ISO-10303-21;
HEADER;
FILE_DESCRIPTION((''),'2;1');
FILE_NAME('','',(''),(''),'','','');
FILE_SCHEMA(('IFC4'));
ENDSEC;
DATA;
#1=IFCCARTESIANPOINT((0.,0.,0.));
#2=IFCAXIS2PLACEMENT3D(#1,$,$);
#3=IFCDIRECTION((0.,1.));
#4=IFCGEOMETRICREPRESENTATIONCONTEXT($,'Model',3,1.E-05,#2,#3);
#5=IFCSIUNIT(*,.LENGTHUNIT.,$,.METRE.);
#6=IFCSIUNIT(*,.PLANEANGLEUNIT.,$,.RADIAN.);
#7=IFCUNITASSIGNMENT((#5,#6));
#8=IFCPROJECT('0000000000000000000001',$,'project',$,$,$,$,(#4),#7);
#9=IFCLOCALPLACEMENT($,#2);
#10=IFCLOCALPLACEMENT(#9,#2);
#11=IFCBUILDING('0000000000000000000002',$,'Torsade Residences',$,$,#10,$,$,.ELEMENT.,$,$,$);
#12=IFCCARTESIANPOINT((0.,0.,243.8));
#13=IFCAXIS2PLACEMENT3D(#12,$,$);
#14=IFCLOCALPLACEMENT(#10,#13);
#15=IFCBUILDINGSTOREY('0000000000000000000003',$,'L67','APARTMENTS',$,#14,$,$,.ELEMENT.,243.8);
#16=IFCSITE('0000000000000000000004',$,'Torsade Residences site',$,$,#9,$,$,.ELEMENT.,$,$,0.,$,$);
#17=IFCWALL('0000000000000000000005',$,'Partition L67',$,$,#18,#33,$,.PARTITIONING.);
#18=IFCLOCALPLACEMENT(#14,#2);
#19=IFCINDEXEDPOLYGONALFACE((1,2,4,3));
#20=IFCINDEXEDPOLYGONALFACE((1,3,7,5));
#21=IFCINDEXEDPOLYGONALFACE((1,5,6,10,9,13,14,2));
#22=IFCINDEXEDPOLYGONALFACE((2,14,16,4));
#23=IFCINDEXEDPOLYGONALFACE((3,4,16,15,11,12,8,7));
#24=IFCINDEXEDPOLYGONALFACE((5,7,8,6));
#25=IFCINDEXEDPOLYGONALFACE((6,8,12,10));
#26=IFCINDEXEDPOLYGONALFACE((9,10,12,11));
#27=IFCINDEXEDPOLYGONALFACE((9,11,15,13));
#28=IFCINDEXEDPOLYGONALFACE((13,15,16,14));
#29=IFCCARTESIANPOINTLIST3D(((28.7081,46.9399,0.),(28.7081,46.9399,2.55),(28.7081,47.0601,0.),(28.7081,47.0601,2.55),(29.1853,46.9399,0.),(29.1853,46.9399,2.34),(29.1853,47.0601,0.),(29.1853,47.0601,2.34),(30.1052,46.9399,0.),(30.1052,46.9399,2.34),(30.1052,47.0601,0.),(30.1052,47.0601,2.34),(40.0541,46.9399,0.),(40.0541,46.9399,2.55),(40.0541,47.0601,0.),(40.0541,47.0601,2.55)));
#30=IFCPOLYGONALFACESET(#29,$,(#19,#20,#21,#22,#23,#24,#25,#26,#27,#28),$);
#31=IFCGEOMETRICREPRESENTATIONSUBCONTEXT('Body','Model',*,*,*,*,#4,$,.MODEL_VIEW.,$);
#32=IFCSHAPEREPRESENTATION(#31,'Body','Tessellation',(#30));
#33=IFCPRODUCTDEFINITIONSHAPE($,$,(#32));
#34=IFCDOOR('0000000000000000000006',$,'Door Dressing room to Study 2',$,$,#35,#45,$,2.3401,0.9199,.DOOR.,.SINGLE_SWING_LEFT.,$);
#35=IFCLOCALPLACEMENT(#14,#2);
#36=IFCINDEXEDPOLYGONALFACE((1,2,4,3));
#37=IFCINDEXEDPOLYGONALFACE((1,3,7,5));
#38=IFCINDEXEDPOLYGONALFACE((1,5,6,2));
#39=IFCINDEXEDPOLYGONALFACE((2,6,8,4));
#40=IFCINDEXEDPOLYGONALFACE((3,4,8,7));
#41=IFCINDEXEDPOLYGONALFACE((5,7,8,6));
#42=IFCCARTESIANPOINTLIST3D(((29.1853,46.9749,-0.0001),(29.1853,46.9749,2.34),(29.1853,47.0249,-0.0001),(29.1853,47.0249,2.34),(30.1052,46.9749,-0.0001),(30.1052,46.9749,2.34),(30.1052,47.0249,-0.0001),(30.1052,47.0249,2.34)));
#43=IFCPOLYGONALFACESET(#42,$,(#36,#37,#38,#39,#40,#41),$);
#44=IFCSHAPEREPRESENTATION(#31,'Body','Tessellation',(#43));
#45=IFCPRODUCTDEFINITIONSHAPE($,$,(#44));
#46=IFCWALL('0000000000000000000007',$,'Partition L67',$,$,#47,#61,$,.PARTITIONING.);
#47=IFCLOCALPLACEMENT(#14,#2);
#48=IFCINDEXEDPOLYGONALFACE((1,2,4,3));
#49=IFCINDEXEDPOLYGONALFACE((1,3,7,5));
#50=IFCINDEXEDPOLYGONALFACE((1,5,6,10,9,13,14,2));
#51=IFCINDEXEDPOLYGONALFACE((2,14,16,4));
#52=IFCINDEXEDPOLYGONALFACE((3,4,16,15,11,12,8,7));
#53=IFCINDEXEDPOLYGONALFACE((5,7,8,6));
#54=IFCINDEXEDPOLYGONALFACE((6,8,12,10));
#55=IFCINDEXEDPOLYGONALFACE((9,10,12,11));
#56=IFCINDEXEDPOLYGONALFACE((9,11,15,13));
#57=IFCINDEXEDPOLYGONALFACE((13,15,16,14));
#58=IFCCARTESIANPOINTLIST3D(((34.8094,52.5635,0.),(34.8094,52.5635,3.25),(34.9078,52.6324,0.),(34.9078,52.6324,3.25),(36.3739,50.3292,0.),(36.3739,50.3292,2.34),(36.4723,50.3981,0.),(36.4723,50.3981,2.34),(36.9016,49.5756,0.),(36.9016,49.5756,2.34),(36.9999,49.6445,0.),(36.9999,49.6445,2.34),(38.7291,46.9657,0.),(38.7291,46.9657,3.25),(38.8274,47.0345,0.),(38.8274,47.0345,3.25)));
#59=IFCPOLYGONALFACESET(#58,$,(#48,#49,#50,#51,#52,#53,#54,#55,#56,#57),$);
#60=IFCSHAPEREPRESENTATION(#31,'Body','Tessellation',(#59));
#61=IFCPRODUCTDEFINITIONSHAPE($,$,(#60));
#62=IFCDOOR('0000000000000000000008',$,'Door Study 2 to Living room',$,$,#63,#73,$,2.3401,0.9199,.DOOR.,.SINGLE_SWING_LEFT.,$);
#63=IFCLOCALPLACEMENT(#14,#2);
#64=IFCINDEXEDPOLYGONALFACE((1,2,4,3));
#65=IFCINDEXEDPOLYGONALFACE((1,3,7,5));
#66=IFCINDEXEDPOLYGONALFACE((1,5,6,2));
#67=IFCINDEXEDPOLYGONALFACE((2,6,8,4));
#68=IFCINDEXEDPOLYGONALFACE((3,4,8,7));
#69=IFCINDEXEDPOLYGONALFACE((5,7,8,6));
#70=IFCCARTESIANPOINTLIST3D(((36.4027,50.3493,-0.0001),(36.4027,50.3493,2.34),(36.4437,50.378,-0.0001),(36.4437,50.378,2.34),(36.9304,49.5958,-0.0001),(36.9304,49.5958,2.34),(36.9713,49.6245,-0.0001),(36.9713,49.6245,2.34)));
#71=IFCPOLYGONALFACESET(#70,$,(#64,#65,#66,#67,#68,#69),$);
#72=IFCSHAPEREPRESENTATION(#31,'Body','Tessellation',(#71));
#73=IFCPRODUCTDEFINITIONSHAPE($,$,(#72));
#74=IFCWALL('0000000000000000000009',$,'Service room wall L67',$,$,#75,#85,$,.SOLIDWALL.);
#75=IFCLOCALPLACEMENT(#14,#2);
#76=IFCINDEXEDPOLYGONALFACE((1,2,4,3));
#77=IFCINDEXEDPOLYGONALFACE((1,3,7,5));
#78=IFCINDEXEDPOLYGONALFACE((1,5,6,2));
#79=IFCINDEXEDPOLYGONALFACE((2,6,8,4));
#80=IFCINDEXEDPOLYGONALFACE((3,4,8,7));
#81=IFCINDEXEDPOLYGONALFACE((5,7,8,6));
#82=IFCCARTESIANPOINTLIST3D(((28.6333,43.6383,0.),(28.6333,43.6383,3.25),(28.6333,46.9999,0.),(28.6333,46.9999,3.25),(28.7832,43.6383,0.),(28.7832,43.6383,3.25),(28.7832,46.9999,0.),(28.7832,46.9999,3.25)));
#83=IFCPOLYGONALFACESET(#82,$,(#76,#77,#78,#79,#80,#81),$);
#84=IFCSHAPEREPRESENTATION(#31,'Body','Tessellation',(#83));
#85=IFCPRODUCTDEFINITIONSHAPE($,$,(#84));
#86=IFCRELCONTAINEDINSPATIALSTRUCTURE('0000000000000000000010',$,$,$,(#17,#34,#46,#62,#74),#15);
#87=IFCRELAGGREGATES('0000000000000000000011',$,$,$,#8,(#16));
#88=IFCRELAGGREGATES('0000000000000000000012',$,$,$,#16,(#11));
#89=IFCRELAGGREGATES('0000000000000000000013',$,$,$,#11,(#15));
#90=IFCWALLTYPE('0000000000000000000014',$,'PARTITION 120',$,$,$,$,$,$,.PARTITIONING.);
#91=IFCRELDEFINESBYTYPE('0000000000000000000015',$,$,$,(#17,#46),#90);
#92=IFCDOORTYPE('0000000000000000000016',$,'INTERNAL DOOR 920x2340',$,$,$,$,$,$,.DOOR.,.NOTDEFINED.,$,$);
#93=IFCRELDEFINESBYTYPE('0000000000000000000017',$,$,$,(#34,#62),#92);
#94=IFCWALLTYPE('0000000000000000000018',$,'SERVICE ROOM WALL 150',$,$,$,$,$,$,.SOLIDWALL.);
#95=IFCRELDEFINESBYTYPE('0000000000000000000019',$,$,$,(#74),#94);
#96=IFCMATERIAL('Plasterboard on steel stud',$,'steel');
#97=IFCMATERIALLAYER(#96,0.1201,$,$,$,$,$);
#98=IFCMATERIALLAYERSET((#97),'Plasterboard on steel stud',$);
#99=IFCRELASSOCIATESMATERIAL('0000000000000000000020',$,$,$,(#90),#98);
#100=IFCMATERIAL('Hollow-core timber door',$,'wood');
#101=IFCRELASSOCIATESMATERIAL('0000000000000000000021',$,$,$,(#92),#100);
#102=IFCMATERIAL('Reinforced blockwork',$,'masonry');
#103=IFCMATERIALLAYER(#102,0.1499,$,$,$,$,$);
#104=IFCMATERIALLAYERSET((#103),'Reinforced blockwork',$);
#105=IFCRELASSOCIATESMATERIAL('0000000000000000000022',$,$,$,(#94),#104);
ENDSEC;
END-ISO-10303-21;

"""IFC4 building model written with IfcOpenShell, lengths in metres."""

from ifc_helpers import new_model, si_unit, direction, frame, frame_2d, origin, place, context, subcontext, project, spatial, rectangle, extrude, material, layer, layer_set, type_object, element, fill, save


model = new_model("IFC4")

# Units and contexts
model_context = context("Model", 3, precision=1e-05, world=origin(), true_north=direction((0.0, 1.0)))
body_context = subcontext(model_context, "Body", "Model", "MODEL_VIEW")
ifc_project = project(units=[si_unit("LENGTHUNIT", "METRE"), si_unit("PLANEANGLEUNIT", "RADIAN")], contexts=[model_context])

# Site, building, storey
site_placement = place(None, origin())
site = spatial("IfcSite", under=ifc_project, at=site_placement, Name="Torsade Residences site", CompositionType="ELEMENT", RefElevation=0.0)
building_placement = place(site_placement, origin())
building = spatial("IfcBuilding", under=site, at=building_placement, Name="Torsade Residences", CompositionType="ELEMENT")
storey_placement = place(building_placement, frame((0.0, 0.0, 243.8)))
storey = spatial("IfcBuildingStorey", under=building, at=storey_placement, Name="L67", Description="APARTMENTS", CompositionType="ELEMENT", Elevation=243.8)

# Walls, openings, doors
ifc_material_1 = material(Name="Plasterboard on steel stud", Category="steel")
ifc_layer_1 = layer(ifc_material_1, 0.1201)
ifc_layer_set_1 = layer_set([ifc_layer_1], Name="Plasterboard on steel stud")
wall_type_1 = type_object("IfcWallType", Name="PARTITION 120", PredefinedType="PARTITIONING", material=ifc_layer_set_1)
wall_1_placement = place(storey_placement, frame((28.7083, 47.0, 0.0), z_axis=(0.0, 0.0, 1.0), x_axis=(1.0, 0.0, 0.0)))
wall_1 = element("IfcWall", 1, at=wall_1_placement, inside=storey, type_object=wall_type_1, Name="Partition L67", PredefinedType="PARTITIONING", context=body_context, shape_type="SweptSolid", body=[
    extrude(rectangle(XDim=11.3459, YDim=0.1201, at=frame_2d((5.6729, 0.0))), origin(), (0.0, 0.0, 1.0), 2.55),
])
opening_1_placement = place(wall_1_placement, frame((0.4771, 0.0, 0.0)))
opening_1 = element("IfcOpeningElement", 2, at=opening_1_placement, cuts=wall_1, PredefinedType="OPENING", context=body_context, shape_type="SweptSolid", body=[
    extrude(rectangle(XDim=0.9199, YDim=2.3401, at=frame_2d((0.46, 1.1699))), frame((0.0, 0.0701, 0.0), z_axis=(0.0, -1.0, 0.0), x_axis=(1.0, 0.0, 0.0)), (0.0, 0.0, 1.0), 0.1401),
])
ifc_material_2 = material(Name="Hollow-core timber door", Category="wood")
door_type_1 = type_object("IfcDoorType", Name="INTERNAL DOOR 920x2340", OperationType="NOTDEFINED", PredefinedType="DOOR", material=ifc_material_2)
door_1_placement = place(opening_1_placement, origin())
door_1 = element("IfcDoor", 3, at=door_1_placement, inside=storey, type_object=door_type_1, Name="Door Dressing room to Study 2", OperationType="SINGLE_SWING_LEFT", OverallHeight=2.3401, OverallWidth=0.9199, PredefinedType="DOOR", context=body_context, shape_type="SweptSolid", body=[
    extrude(rectangle(XDim=0.9199, YDim=2.3401, at=frame_2d((0.46, 1.1699))), frame((0.0, 0.0249, 0.0), z_axis=(0.0, -1.0, 0.0), x_axis=(1.0, 0.0, 0.0)), (0.0, 0.0, 1.0), 0.05),
])
fill(opening_1, door_1)
wall_2_placement = place(storey_placement, frame((38.7783, 47.0, 0.0), z_axis=(0.0, 0.0, 1.0), x_axis=(-0.573575, 0.819153, 0.0)))
wall_2 = element("IfcWall", 4, at=wall_2_placement, inside=storey, type_object=wall_type_1, Name="Partition L67", PredefinedType="PARTITIONING", context=body_context, shape_type="SweptSolid", body=[
    extrude(rectangle(XDim=6.8337, YDim=0.1201, at=frame_2d((3.417, 0.0))), origin(), (0.0, 0.0, 1.0), 3.25),
])
opening_2_placement = place(wall_2_placement, frame((3.1863, 0.0, 0.0)))
opening_2 = element("IfcOpeningElement", 5, at=opening_2_placement, cuts=wall_2, PredefinedType="OPENING", context=body_context, shape_type="SweptSolid", body=[
    extrude(rectangle(XDim=0.9199, YDim=2.3401, at=frame_2d((0.46, 1.1699))), frame((0.0, 0.0701, 0.0), z_axis=(0.0, -1.0, 0.0), x_axis=(1.0, 0.0, 0.0)), (0.0, 0.0, 1.0), 0.1401),
])
door_2_placement = place(opening_2_placement, origin())
door_2 = element("IfcDoor", 6, at=door_2_placement, inside=storey, type_object=door_type_1, Name="Door Study 2 to Living room", OperationType="SINGLE_SWING_LEFT", OverallHeight=2.3401, OverallWidth=0.9199, PredefinedType="DOOR", context=body_context, shape_type="SweptSolid", body=[
    extrude(rectangle(XDim=0.9199, YDim=2.3401, at=frame_2d((0.46, 1.1699))), frame((0.0, 0.0249, 0.0), z_axis=(0.0, -1.0, 0.0), x_axis=(1.0, 0.0, 0.0)), (0.0, 0.0, 1.0), 0.05),
])
fill(opening_2, door_2)

# Wall
ifc_material_3 = material(Name="Reinforced blockwork", Category="masonry")
ifc_layer_2 = layer(ifc_material_3, 0.1499)
ifc_layer_set_2 = layer_set([ifc_layer_2], Name="Reinforced blockwork")
wall_type_2 = type_object("IfcWallType", Name="SERVICE ROOM WALL 150", PredefinedType="SOLIDWALL", material=ifc_layer_set_2)
wall_3_placement = place(storey_placement, frame((28.7083, 43.6384, 0.0), z_axis=(0.0, 0.0, 1.0), x_axis=(0.0, 1.0, 0.0)))
element("IfcWall", 7, at=wall_3_placement, inside=storey, type_object=wall_type_2, Name="Service room wall L67", PredefinedType="SOLIDWALL", context=body_context, shape_type="SweptSolid", body=[
    extrude(rectangle(XDim=3.3616, YDim=0.1499, at=frame_2d((1.6807, 0.0))), origin(), (0.0, 0.0, 1.0), 3.25),
])

save(model, "model.ifc")
